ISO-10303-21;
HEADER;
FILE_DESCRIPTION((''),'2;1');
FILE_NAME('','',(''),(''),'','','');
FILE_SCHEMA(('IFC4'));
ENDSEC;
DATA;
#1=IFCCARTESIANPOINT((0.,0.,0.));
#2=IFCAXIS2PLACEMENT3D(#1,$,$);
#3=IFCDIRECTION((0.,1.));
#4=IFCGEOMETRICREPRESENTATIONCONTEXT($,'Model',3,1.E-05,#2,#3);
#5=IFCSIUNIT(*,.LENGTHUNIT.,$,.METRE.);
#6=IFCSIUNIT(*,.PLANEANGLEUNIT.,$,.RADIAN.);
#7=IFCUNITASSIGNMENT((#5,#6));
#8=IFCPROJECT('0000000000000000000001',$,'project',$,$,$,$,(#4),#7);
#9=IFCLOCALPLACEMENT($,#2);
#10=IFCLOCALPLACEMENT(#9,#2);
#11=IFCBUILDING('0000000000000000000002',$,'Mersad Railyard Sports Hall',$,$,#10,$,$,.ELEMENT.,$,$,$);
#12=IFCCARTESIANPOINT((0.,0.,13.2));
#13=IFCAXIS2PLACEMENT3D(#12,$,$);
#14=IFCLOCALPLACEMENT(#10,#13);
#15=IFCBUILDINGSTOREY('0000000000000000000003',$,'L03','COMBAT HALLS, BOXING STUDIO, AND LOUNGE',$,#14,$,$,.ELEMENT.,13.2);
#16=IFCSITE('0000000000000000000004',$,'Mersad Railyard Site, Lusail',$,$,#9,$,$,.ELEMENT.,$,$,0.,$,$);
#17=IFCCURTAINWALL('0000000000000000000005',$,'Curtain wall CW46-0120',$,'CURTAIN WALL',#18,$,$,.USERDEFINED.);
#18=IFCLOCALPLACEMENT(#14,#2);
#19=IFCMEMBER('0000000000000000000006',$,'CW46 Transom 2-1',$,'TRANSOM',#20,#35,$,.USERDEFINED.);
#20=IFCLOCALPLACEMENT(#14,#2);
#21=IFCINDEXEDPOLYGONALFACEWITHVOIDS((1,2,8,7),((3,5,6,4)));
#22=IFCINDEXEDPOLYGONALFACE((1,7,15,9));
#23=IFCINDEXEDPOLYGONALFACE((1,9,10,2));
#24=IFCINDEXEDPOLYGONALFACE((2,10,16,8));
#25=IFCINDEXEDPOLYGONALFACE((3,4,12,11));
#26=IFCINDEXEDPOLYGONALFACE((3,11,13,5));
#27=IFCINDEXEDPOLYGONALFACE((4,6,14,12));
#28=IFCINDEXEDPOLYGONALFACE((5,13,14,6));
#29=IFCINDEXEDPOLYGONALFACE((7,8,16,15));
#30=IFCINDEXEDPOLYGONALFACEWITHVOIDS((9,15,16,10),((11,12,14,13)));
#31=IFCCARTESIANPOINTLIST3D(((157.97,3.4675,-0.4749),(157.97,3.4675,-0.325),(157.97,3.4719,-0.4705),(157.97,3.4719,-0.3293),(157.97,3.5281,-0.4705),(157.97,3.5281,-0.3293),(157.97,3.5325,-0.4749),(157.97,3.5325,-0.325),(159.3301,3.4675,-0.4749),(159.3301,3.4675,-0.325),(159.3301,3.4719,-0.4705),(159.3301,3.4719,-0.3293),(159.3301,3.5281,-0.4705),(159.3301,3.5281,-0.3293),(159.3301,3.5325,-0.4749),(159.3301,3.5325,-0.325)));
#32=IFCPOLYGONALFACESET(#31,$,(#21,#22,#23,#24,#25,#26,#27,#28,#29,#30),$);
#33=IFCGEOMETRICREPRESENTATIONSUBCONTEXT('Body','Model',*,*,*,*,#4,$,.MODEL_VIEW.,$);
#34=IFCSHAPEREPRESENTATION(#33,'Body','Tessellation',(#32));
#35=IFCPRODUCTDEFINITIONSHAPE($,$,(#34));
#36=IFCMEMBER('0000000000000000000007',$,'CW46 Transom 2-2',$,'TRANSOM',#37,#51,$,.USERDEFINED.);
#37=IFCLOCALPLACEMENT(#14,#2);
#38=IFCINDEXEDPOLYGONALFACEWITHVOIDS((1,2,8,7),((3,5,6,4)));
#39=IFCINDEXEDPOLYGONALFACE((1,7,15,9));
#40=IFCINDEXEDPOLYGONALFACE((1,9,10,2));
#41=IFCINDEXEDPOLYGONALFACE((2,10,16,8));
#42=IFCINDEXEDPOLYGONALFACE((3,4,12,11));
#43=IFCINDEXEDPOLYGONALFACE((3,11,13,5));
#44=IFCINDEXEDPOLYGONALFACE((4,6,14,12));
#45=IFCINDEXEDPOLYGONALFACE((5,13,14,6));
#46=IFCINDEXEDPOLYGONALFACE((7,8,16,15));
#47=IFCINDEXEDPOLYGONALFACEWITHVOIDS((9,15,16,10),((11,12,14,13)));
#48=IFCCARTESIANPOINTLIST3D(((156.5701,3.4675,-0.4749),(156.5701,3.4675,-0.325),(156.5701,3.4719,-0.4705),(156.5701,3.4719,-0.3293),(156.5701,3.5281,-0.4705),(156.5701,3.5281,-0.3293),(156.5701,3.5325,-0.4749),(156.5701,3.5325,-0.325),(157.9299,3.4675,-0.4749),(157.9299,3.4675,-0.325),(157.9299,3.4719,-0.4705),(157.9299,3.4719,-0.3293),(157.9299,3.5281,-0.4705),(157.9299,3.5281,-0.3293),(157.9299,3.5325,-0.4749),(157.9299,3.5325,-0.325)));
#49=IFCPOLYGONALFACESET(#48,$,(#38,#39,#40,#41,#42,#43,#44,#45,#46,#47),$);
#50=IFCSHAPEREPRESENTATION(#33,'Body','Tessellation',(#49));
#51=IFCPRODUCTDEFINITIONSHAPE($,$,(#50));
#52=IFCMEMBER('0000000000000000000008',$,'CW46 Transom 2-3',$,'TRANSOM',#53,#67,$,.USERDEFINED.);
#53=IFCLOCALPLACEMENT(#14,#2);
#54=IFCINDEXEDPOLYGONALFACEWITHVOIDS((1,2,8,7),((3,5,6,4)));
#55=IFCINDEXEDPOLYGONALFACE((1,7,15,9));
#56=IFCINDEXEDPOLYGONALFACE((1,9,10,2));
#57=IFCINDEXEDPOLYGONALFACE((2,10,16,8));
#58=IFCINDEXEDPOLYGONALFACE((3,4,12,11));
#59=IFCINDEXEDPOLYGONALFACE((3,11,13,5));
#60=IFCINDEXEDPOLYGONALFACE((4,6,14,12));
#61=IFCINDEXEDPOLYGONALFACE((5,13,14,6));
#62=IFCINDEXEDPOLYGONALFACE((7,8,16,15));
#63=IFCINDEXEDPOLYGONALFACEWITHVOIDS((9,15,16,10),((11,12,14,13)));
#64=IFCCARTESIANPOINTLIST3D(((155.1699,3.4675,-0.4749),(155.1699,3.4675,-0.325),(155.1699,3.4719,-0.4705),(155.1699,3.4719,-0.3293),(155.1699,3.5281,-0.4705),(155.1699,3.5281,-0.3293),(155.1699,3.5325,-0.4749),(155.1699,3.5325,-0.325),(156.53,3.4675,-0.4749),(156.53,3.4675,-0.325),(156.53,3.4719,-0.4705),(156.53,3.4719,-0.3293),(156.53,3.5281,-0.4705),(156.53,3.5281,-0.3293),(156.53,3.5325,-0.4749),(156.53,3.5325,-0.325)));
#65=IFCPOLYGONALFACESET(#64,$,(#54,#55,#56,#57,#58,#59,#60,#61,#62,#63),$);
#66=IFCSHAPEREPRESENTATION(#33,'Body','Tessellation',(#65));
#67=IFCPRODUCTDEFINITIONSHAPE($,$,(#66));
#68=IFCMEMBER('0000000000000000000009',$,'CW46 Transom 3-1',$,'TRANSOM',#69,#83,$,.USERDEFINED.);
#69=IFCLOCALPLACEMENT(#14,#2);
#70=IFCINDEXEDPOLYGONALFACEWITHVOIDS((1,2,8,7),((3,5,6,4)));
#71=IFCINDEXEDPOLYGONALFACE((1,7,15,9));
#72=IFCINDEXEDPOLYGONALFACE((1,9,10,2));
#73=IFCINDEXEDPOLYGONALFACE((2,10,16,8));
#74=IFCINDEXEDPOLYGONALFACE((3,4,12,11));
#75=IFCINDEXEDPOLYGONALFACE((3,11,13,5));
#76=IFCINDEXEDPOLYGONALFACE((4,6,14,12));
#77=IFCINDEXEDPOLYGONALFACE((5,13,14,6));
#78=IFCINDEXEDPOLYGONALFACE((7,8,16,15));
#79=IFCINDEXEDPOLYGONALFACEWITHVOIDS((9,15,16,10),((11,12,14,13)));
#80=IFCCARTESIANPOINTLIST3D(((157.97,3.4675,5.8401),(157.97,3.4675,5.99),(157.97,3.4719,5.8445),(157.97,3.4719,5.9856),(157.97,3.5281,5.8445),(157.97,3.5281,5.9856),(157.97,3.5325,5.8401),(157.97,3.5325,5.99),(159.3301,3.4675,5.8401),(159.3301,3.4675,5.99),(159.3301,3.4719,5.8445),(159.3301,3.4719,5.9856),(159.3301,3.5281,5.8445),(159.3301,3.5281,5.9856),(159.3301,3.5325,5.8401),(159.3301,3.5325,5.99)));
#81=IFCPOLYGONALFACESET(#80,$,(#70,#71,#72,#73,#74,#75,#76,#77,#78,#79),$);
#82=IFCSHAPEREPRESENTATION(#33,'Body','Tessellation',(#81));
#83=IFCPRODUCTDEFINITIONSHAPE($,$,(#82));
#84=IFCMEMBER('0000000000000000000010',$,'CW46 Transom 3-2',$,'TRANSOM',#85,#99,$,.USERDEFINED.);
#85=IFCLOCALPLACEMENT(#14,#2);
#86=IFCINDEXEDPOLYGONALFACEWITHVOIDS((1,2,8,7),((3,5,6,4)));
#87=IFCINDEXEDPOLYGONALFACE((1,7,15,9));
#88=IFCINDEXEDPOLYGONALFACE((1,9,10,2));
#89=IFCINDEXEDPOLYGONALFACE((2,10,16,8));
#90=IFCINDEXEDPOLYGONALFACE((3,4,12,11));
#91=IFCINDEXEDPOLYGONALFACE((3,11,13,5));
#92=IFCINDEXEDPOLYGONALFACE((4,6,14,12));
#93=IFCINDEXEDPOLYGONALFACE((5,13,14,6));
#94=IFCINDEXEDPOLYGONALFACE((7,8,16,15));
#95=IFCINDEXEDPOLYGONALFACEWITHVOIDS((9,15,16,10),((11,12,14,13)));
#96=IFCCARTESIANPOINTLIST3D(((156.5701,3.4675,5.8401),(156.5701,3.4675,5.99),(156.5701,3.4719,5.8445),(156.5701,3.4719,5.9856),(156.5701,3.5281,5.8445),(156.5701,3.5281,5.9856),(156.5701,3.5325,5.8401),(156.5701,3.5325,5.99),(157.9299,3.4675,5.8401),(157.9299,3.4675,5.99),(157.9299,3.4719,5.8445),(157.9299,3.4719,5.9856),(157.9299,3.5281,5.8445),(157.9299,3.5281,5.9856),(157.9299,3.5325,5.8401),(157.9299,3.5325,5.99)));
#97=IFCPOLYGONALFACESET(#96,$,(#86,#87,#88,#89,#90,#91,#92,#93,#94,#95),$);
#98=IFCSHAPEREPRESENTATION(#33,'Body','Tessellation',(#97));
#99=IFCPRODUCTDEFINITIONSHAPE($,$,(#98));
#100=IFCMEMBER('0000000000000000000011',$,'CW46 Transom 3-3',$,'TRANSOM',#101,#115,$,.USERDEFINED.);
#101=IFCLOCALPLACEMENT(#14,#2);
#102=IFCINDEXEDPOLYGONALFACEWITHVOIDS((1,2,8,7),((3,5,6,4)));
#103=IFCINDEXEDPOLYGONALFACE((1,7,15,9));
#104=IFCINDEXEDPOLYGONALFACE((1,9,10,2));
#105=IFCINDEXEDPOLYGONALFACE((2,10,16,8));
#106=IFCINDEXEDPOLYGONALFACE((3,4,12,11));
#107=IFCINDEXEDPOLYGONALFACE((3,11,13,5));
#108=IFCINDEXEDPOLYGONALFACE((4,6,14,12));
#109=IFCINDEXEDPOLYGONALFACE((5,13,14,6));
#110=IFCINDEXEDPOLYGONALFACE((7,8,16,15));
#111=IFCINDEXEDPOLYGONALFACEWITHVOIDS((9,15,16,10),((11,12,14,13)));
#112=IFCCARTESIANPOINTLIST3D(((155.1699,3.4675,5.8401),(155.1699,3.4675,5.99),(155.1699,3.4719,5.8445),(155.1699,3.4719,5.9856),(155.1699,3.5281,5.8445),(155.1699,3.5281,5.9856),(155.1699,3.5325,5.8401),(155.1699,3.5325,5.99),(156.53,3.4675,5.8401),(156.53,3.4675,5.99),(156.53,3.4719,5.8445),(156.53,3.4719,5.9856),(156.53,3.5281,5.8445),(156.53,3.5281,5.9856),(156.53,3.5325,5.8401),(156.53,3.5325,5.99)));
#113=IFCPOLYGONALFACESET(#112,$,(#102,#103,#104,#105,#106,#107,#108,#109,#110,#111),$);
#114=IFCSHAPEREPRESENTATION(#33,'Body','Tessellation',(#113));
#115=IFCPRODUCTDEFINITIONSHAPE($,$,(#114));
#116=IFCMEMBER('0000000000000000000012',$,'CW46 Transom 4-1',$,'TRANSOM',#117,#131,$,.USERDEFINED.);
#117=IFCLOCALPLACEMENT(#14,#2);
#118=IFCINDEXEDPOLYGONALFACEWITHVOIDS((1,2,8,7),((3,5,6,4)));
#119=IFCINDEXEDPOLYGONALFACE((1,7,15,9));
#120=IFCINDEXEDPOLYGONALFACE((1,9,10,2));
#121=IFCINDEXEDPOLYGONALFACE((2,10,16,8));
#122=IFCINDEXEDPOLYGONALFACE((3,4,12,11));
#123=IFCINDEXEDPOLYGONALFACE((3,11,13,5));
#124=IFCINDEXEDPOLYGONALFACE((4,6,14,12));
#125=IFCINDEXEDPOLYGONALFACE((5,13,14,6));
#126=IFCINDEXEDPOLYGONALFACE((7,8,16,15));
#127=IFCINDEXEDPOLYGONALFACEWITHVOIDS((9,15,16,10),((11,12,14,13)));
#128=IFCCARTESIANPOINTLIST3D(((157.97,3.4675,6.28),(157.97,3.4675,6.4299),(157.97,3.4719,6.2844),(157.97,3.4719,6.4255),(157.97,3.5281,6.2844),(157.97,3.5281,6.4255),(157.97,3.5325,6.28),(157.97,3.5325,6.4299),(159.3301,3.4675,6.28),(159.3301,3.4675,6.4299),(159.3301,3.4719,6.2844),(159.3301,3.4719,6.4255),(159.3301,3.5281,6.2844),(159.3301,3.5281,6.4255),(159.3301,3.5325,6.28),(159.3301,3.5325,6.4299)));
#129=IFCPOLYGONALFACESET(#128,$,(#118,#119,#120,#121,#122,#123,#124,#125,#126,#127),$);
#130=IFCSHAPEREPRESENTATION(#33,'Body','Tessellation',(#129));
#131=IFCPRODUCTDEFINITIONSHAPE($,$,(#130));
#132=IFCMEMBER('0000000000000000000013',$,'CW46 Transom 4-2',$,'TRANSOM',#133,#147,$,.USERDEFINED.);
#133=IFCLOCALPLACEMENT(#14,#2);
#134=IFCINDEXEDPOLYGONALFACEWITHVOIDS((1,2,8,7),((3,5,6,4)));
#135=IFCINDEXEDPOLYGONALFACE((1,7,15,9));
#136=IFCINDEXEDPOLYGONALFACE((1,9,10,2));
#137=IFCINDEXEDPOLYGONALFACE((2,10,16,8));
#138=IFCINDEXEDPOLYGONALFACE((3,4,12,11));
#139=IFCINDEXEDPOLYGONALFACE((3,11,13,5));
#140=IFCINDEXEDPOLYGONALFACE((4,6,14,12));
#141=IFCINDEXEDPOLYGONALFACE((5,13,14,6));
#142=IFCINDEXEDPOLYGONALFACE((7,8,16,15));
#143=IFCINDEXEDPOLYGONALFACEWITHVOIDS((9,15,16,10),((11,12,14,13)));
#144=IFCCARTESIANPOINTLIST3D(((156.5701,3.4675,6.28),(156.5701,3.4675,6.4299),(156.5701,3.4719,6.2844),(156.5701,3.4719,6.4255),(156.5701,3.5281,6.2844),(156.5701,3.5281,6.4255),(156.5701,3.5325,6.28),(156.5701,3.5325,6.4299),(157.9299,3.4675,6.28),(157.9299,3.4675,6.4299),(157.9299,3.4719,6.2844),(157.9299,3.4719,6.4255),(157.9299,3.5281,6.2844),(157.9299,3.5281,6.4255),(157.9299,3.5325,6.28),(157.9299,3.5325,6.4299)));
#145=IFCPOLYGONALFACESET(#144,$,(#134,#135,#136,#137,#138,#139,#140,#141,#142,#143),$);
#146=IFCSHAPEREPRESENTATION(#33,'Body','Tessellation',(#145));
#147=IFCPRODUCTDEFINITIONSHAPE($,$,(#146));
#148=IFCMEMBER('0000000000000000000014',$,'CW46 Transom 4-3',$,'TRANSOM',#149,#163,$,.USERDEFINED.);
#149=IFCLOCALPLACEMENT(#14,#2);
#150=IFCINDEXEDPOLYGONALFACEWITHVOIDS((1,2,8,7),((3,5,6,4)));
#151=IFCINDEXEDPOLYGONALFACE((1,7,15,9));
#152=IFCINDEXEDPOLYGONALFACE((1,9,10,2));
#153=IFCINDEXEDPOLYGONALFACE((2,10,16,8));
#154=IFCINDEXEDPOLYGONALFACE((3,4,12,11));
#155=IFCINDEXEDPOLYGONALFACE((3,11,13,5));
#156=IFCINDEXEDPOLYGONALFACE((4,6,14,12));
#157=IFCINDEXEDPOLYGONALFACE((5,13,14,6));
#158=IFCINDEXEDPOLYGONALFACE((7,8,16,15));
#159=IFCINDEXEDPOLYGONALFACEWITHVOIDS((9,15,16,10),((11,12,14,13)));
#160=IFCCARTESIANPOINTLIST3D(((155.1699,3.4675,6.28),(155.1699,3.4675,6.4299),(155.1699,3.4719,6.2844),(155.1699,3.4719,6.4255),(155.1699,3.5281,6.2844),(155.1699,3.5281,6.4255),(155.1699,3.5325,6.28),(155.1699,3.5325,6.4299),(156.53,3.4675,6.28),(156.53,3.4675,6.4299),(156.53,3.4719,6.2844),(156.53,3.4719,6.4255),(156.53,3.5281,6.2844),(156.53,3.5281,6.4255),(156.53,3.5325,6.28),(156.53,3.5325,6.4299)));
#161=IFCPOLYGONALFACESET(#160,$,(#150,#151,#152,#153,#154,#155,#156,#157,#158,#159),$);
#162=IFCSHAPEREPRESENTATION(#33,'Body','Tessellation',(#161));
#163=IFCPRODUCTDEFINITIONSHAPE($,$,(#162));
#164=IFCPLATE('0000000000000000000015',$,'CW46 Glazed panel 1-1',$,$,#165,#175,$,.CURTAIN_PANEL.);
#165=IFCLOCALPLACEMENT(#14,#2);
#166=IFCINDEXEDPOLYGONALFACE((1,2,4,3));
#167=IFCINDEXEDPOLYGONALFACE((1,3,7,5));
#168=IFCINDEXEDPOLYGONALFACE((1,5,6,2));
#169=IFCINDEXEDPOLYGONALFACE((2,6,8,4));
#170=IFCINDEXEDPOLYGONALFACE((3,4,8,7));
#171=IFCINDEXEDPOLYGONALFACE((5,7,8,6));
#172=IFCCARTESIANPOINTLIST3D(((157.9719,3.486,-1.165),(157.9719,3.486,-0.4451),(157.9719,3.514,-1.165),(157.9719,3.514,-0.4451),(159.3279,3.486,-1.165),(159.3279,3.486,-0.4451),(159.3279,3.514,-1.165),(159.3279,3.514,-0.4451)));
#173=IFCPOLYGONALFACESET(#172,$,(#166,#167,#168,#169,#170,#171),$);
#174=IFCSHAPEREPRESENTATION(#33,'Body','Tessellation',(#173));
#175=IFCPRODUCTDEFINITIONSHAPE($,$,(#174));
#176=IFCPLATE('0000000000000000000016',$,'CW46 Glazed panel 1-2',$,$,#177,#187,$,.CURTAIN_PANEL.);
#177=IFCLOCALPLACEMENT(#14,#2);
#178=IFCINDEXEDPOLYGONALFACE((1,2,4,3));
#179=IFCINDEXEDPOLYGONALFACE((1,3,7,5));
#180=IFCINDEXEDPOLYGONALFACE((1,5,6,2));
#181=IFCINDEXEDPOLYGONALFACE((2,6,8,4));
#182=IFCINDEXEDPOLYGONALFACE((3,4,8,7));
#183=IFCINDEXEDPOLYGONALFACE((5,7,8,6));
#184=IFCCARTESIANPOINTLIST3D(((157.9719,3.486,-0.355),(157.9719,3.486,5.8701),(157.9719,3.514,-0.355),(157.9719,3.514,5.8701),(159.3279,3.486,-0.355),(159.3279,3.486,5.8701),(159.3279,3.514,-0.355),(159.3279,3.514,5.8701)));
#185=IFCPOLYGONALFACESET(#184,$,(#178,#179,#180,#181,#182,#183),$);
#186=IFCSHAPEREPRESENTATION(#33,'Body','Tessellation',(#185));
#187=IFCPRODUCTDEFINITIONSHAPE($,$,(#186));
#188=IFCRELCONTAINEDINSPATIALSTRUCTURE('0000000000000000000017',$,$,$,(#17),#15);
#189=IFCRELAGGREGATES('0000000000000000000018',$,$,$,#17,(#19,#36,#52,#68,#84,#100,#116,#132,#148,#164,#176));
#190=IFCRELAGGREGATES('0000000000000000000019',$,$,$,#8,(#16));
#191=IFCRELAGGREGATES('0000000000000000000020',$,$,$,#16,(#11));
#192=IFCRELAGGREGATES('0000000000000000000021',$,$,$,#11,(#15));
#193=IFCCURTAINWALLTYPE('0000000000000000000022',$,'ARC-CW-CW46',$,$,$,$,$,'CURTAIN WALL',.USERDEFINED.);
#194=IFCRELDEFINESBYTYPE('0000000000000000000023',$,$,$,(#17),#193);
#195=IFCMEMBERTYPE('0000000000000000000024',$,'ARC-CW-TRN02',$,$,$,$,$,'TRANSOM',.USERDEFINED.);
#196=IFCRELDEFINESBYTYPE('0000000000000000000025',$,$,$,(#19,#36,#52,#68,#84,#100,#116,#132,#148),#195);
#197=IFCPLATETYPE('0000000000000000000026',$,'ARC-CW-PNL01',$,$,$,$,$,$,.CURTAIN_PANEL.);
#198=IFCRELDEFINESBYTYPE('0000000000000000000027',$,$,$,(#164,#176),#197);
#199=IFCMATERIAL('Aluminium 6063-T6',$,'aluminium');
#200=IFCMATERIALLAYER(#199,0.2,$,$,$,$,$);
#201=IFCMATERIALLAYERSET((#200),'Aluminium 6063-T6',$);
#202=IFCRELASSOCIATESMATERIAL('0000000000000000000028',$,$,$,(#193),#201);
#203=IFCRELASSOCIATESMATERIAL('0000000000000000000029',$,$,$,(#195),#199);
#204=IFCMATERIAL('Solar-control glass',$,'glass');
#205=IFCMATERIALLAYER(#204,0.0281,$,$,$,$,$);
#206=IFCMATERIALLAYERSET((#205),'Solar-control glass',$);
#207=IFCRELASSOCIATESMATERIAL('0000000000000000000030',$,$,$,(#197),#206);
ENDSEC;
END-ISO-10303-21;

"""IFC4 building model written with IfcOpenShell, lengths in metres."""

from ifc_helpers import new_model, si_unit, direction, frame, origin, origin_2d, place, context, subcontext, project, spatial, rectangle, hollow_rectangle, extrude, material, layer, layer_set, material_profile, profile_set, type_object, element, aggregate, save


model = new_model("IFC4")

# Units and contexts
model_context = context("Model", 3, precision=1e-05, world=origin(), true_north=direction((0.0, 1.0)))
body_context = subcontext(model_context, "Body", "Model", "MODEL_VIEW")
ifc_project = project(units=[si_unit("LENGTHUNIT", "METRE"), si_unit("PLANEANGLEUNIT", "RADIAN")], contexts=[model_context])

# Site, building, storey
site_placement = place(None, origin())
site = spatial("IfcSite", under=ifc_project, at=site_placement, Name="Mersad Railyard Site, Lusail", CompositionType="ELEMENT", RefElevation=0.0)
building_placement = place(site_placement, origin())
building = spatial("IfcBuilding", under=site, at=building_placement, Name="Mersad Railyard Sports Hall", CompositionType="ELEMENT")
storey_placement = place(building_placement, frame((0.0, 0.0, 13.2)))
storey = spatial("IfcBuildingStorey", under=building, at=storey_placement, Name="L03", Description="COMBAT HALLS, BOXING STUDIO, AND LOUNGE", CompositionType="ELEMENT", Elevation=13.2)

# Shared definitions
ifc_material_1 = material(Name="Aluminium 6063-T6", Category="aluminium")
ifc_layer_1 = layer(ifc_material_1, 0.2)
ifc_layer_set_1 = layer_set([ifc_layer_1], Name="Aluminium 6063-T6")
curtain_wall_type_1 = type_object("IfcCurtainWallType", Name="ARC-CW-CW46", ElementType="CURTAIN WALL", PredefinedType="USERDEFINED", material=ifc_layer_set_1)

# Curtain wall
curtain_wall_1_placement = place(storey_placement, origin())
curtain_wall_1 = element("IfcCurtainWall", 1, at=curtain_wall_1_placement, inside=storey, type_object=curtain_wall_type_1, Name="Curtain wall CW46-0120", ObjectType="CURTAIN WALL", PredefinedType="USERDEFINED")

# Members
ifc_material_profile_1 = material_profile(ifc_material_1, hollow_rectangle(XDim=0.0649, YDim=0.1499, WallThickness=0.0044, at=origin_2d()), Name="AL TRANSOM 65x150x4.5")
ifc_profile_set_1 = profile_set([ifc_material_profile_1], Name="Aluminium 6063-T6")
member_type_1 = type_object("IfcMemberType", Name="ARC-CW-TRN02", ElementType="TRANSOM", PredefinedType="USERDEFINED", material=ifc_profile_set_1)
member_1_placement = place(storey_placement, frame((159.3301, 3.5, -0.3999), z_axis=(-1.0, 0.0, 0.0), x_axis=(0.0, -1.0, 0.0)))
member_1 = element("IfcMember", 2, at=member_1_placement, type_object=member_type_1, Name="CW46 Transom 2-1", ObjectType="TRANSOM", PredefinedType="USERDEFINED", context=body_context, shape_type="SweptSolid", body=[
    extrude(hollow_rectangle(XDim=0.0649, YDim=0.1499, WallThickness=0.0044, at=origin_2d()), origin(), (0.0, 0.0, 1.0), 1.3601),
])
member_2_placement = place(storey_placement, frame((157.9299, 3.5, -0.3999), z_axis=(-1.0, 0.0, 0.0), x_axis=(0.0, -1.0, 0.0)))
member_2 = element("IfcMember", 3, at=member_2_placement, type_object=member_type_1, Name="CW46 Transom 2-2", ObjectType="TRANSOM", PredefinedType="USERDEFINED", context=body_context, shape_type="SweptSolid", body=[
    extrude(hollow_rectangle(XDim=0.0649, YDim=0.1499, WallThickness=0.0044, at=origin_2d()), origin(), (0.0, 0.0, 1.0), 1.3599),
])
member_3_placement = place(storey_placement, frame((156.53, 3.5, -0.3999), z_axis=(-1.0, 0.0, 0.0), x_axis=(0.0, -1.0, 0.0)))
member_3 = element("IfcMember", 4, at=member_3_placement, type_object=member_type_1, Name="CW46 Transom 2-3", ObjectType="TRANSOM", PredefinedType="USERDEFINED", context=body_context, shape_type="SweptSolid", body=[
    extrude(hollow_rectangle(XDim=0.0649, YDim=0.1499, WallThickness=0.0044, at=origin_2d()), origin(), (0.0, 0.0, 1.0), 1.3601),
])
member_4_placement = place(storey_placement, frame((159.3301, 3.5, 5.915), z_axis=(-1.0, 0.0, 0.0), x_axis=(0.0, -1.0, 0.0)))
member_4 = element("IfcMember", 5, at=member_4_placement, type_object=member_type_1, Name="CW46 Transom 3-1", ObjectType="TRANSOM", PredefinedType="USERDEFINED", context=body_context, shape_type="SweptSolid", body=[
    extrude(hollow_rectangle(XDim=0.0649, YDim=0.1499, WallThickness=0.0044, at=origin_2d()), origin(), (0.0, 0.0, 1.0), 1.3601),
])
member_5_placement = place(storey_placement, frame((157.9299, 3.5, 5.915), z_axis=(-1.0, 0.0, 0.0), x_axis=(0.0, -1.0, 0.0)))
member_5 = element("IfcMember", 6, at=member_5_placement, type_object=member_type_1, Name="CW46 Transom 3-2", ObjectType="TRANSOM", PredefinedType="USERDEFINED", context=body_context, shape_type="SweptSolid", body=[
    extrude(hollow_rectangle(XDim=0.0649, YDim=0.1499, WallThickness=0.0044, at=origin_2d()), origin(), (0.0, 0.0, 1.0), 1.3599),
])
member_6_placement = place(storey_placement, frame((156.53, 3.5, 5.915), z_axis=(-1.0, 0.0, 0.0), x_axis=(0.0, -1.0, 0.0)))
member_6 = element("IfcMember", 7, at=member_6_placement, type_object=member_type_1, Name="CW46 Transom 3-3", ObjectType="TRANSOM", PredefinedType="USERDEFINED", context=body_context, shape_type="SweptSolid", body=[
    extrude(hollow_rectangle(XDim=0.0649, YDim=0.1499, WallThickness=0.0044, at=origin_2d()), origin(), (0.0, 0.0, 1.0), 1.3601),
])
member_7_placement = place(storey_placement, frame((159.3301, 3.5, 6.355), z_axis=(-1.0, 0.0, 0.0), x_axis=(0.0, -1.0, 0.0)))
member_7 = element("IfcMember", 8, at=member_7_placement, type_object=member_type_1, Name="CW46 Transom 4-1", ObjectType="TRANSOM", PredefinedType="USERDEFINED", context=body_context, shape_type="SweptSolid", body=[
    extrude(hollow_rectangle(XDim=0.0649, YDim=0.1499, WallThickness=0.0044, at=origin_2d()), origin(), (0.0, 0.0, 1.0), 1.3601),
])
member_8_placement = place(storey_placement, frame((157.9299, 3.5, 6.355), z_axis=(-1.0, 0.0, 0.0), x_axis=(0.0, -1.0, 0.0)))
member_8 = element("IfcMember", 9, at=member_8_placement, type_object=member_type_1, Name="CW46 Transom 4-2", ObjectType="TRANSOM", PredefinedType="USERDEFINED", context=body_context, shape_type="SweptSolid", body=[
    extrude(hollow_rectangle(XDim=0.0649, YDim=0.1499, WallThickness=0.0044, at=origin_2d()), origin(), (0.0, 0.0, 1.0), 1.3599),
])
member_9_placement = place(storey_placement, frame((156.53, 3.5, 6.355), z_axis=(-1.0, 0.0, 0.0), x_axis=(0.0, -1.0, 0.0)))
member_9 = element("IfcMember", 10, at=member_9_placement, type_object=member_type_1, Name="CW46 Transom 4-3", ObjectType="TRANSOM", PredefinedType="USERDEFINED", context=body_context, shape_type="SweptSolid", body=[
    extrude(hollow_rectangle(XDim=0.0649, YDim=0.1499, WallThickness=0.0044, at=origin_2d()), origin(), (0.0, 0.0, 1.0), 1.3601),
])

# Plates
ifc_material_2 = material(Name="Solar-control glass", Category="glass")
ifc_layer_2 = layer(ifc_material_2, 0.0281)
ifc_layer_set_2 = layer_set([ifc_layer_2], Name="Solar-control glass")
plate_type = type_object("IfcPlateType", Name="ARC-CW-PNL01", PredefinedType="CURTAIN_PANEL", material=ifc_layer_set_2)
plate_1_placement = place(storey_placement, frame((158.6499, 3.5, -1.165), z_axis=(0.0, 0.0, 1.0), x_axis=(-1.0, 0.0, 0.0)))
plate_1 = element("IfcPlate", 11, at=plate_1_placement, type_object=plate_type, Name="CW46 Glazed panel 1-1", PredefinedType="CURTAIN_PANEL", context=body_context, shape_type="SweptSolid", body=[
    extrude(rectangle(XDim=1.356, YDim=0.0281, at=origin_2d()), origin(), (0.0, 0.0, 1.0), 0.72),
])
plate_2_placement = place(storey_placement, frame((158.6499, 3.5, -0.355), z_axis=(0.0, 0.0, 1.0), x_axis=(-1.0, 0.0, 0.0)))
plate_2 = element("IfcPlate", 12, at=plate_2_placement, type_object=plate_type, Name="CW46 Glazed panel 1-2", PredefinedType="CURTAIN_PANEL", context=body_context, shape_type="SweptSolid", body=[
    extrude(rectangle(XDim=1.356, YDim=0.0281, at=origin_2d()), origin(), (0.0, 0.0, 1.0), 6.2251),
])
aggregate(curtain_wall_1, [member_1, member_2, member_3, member_4, member_5, member_6, member_7, member_8, member_9, plate_1, plate_2])

save(model, "model.ifc")
